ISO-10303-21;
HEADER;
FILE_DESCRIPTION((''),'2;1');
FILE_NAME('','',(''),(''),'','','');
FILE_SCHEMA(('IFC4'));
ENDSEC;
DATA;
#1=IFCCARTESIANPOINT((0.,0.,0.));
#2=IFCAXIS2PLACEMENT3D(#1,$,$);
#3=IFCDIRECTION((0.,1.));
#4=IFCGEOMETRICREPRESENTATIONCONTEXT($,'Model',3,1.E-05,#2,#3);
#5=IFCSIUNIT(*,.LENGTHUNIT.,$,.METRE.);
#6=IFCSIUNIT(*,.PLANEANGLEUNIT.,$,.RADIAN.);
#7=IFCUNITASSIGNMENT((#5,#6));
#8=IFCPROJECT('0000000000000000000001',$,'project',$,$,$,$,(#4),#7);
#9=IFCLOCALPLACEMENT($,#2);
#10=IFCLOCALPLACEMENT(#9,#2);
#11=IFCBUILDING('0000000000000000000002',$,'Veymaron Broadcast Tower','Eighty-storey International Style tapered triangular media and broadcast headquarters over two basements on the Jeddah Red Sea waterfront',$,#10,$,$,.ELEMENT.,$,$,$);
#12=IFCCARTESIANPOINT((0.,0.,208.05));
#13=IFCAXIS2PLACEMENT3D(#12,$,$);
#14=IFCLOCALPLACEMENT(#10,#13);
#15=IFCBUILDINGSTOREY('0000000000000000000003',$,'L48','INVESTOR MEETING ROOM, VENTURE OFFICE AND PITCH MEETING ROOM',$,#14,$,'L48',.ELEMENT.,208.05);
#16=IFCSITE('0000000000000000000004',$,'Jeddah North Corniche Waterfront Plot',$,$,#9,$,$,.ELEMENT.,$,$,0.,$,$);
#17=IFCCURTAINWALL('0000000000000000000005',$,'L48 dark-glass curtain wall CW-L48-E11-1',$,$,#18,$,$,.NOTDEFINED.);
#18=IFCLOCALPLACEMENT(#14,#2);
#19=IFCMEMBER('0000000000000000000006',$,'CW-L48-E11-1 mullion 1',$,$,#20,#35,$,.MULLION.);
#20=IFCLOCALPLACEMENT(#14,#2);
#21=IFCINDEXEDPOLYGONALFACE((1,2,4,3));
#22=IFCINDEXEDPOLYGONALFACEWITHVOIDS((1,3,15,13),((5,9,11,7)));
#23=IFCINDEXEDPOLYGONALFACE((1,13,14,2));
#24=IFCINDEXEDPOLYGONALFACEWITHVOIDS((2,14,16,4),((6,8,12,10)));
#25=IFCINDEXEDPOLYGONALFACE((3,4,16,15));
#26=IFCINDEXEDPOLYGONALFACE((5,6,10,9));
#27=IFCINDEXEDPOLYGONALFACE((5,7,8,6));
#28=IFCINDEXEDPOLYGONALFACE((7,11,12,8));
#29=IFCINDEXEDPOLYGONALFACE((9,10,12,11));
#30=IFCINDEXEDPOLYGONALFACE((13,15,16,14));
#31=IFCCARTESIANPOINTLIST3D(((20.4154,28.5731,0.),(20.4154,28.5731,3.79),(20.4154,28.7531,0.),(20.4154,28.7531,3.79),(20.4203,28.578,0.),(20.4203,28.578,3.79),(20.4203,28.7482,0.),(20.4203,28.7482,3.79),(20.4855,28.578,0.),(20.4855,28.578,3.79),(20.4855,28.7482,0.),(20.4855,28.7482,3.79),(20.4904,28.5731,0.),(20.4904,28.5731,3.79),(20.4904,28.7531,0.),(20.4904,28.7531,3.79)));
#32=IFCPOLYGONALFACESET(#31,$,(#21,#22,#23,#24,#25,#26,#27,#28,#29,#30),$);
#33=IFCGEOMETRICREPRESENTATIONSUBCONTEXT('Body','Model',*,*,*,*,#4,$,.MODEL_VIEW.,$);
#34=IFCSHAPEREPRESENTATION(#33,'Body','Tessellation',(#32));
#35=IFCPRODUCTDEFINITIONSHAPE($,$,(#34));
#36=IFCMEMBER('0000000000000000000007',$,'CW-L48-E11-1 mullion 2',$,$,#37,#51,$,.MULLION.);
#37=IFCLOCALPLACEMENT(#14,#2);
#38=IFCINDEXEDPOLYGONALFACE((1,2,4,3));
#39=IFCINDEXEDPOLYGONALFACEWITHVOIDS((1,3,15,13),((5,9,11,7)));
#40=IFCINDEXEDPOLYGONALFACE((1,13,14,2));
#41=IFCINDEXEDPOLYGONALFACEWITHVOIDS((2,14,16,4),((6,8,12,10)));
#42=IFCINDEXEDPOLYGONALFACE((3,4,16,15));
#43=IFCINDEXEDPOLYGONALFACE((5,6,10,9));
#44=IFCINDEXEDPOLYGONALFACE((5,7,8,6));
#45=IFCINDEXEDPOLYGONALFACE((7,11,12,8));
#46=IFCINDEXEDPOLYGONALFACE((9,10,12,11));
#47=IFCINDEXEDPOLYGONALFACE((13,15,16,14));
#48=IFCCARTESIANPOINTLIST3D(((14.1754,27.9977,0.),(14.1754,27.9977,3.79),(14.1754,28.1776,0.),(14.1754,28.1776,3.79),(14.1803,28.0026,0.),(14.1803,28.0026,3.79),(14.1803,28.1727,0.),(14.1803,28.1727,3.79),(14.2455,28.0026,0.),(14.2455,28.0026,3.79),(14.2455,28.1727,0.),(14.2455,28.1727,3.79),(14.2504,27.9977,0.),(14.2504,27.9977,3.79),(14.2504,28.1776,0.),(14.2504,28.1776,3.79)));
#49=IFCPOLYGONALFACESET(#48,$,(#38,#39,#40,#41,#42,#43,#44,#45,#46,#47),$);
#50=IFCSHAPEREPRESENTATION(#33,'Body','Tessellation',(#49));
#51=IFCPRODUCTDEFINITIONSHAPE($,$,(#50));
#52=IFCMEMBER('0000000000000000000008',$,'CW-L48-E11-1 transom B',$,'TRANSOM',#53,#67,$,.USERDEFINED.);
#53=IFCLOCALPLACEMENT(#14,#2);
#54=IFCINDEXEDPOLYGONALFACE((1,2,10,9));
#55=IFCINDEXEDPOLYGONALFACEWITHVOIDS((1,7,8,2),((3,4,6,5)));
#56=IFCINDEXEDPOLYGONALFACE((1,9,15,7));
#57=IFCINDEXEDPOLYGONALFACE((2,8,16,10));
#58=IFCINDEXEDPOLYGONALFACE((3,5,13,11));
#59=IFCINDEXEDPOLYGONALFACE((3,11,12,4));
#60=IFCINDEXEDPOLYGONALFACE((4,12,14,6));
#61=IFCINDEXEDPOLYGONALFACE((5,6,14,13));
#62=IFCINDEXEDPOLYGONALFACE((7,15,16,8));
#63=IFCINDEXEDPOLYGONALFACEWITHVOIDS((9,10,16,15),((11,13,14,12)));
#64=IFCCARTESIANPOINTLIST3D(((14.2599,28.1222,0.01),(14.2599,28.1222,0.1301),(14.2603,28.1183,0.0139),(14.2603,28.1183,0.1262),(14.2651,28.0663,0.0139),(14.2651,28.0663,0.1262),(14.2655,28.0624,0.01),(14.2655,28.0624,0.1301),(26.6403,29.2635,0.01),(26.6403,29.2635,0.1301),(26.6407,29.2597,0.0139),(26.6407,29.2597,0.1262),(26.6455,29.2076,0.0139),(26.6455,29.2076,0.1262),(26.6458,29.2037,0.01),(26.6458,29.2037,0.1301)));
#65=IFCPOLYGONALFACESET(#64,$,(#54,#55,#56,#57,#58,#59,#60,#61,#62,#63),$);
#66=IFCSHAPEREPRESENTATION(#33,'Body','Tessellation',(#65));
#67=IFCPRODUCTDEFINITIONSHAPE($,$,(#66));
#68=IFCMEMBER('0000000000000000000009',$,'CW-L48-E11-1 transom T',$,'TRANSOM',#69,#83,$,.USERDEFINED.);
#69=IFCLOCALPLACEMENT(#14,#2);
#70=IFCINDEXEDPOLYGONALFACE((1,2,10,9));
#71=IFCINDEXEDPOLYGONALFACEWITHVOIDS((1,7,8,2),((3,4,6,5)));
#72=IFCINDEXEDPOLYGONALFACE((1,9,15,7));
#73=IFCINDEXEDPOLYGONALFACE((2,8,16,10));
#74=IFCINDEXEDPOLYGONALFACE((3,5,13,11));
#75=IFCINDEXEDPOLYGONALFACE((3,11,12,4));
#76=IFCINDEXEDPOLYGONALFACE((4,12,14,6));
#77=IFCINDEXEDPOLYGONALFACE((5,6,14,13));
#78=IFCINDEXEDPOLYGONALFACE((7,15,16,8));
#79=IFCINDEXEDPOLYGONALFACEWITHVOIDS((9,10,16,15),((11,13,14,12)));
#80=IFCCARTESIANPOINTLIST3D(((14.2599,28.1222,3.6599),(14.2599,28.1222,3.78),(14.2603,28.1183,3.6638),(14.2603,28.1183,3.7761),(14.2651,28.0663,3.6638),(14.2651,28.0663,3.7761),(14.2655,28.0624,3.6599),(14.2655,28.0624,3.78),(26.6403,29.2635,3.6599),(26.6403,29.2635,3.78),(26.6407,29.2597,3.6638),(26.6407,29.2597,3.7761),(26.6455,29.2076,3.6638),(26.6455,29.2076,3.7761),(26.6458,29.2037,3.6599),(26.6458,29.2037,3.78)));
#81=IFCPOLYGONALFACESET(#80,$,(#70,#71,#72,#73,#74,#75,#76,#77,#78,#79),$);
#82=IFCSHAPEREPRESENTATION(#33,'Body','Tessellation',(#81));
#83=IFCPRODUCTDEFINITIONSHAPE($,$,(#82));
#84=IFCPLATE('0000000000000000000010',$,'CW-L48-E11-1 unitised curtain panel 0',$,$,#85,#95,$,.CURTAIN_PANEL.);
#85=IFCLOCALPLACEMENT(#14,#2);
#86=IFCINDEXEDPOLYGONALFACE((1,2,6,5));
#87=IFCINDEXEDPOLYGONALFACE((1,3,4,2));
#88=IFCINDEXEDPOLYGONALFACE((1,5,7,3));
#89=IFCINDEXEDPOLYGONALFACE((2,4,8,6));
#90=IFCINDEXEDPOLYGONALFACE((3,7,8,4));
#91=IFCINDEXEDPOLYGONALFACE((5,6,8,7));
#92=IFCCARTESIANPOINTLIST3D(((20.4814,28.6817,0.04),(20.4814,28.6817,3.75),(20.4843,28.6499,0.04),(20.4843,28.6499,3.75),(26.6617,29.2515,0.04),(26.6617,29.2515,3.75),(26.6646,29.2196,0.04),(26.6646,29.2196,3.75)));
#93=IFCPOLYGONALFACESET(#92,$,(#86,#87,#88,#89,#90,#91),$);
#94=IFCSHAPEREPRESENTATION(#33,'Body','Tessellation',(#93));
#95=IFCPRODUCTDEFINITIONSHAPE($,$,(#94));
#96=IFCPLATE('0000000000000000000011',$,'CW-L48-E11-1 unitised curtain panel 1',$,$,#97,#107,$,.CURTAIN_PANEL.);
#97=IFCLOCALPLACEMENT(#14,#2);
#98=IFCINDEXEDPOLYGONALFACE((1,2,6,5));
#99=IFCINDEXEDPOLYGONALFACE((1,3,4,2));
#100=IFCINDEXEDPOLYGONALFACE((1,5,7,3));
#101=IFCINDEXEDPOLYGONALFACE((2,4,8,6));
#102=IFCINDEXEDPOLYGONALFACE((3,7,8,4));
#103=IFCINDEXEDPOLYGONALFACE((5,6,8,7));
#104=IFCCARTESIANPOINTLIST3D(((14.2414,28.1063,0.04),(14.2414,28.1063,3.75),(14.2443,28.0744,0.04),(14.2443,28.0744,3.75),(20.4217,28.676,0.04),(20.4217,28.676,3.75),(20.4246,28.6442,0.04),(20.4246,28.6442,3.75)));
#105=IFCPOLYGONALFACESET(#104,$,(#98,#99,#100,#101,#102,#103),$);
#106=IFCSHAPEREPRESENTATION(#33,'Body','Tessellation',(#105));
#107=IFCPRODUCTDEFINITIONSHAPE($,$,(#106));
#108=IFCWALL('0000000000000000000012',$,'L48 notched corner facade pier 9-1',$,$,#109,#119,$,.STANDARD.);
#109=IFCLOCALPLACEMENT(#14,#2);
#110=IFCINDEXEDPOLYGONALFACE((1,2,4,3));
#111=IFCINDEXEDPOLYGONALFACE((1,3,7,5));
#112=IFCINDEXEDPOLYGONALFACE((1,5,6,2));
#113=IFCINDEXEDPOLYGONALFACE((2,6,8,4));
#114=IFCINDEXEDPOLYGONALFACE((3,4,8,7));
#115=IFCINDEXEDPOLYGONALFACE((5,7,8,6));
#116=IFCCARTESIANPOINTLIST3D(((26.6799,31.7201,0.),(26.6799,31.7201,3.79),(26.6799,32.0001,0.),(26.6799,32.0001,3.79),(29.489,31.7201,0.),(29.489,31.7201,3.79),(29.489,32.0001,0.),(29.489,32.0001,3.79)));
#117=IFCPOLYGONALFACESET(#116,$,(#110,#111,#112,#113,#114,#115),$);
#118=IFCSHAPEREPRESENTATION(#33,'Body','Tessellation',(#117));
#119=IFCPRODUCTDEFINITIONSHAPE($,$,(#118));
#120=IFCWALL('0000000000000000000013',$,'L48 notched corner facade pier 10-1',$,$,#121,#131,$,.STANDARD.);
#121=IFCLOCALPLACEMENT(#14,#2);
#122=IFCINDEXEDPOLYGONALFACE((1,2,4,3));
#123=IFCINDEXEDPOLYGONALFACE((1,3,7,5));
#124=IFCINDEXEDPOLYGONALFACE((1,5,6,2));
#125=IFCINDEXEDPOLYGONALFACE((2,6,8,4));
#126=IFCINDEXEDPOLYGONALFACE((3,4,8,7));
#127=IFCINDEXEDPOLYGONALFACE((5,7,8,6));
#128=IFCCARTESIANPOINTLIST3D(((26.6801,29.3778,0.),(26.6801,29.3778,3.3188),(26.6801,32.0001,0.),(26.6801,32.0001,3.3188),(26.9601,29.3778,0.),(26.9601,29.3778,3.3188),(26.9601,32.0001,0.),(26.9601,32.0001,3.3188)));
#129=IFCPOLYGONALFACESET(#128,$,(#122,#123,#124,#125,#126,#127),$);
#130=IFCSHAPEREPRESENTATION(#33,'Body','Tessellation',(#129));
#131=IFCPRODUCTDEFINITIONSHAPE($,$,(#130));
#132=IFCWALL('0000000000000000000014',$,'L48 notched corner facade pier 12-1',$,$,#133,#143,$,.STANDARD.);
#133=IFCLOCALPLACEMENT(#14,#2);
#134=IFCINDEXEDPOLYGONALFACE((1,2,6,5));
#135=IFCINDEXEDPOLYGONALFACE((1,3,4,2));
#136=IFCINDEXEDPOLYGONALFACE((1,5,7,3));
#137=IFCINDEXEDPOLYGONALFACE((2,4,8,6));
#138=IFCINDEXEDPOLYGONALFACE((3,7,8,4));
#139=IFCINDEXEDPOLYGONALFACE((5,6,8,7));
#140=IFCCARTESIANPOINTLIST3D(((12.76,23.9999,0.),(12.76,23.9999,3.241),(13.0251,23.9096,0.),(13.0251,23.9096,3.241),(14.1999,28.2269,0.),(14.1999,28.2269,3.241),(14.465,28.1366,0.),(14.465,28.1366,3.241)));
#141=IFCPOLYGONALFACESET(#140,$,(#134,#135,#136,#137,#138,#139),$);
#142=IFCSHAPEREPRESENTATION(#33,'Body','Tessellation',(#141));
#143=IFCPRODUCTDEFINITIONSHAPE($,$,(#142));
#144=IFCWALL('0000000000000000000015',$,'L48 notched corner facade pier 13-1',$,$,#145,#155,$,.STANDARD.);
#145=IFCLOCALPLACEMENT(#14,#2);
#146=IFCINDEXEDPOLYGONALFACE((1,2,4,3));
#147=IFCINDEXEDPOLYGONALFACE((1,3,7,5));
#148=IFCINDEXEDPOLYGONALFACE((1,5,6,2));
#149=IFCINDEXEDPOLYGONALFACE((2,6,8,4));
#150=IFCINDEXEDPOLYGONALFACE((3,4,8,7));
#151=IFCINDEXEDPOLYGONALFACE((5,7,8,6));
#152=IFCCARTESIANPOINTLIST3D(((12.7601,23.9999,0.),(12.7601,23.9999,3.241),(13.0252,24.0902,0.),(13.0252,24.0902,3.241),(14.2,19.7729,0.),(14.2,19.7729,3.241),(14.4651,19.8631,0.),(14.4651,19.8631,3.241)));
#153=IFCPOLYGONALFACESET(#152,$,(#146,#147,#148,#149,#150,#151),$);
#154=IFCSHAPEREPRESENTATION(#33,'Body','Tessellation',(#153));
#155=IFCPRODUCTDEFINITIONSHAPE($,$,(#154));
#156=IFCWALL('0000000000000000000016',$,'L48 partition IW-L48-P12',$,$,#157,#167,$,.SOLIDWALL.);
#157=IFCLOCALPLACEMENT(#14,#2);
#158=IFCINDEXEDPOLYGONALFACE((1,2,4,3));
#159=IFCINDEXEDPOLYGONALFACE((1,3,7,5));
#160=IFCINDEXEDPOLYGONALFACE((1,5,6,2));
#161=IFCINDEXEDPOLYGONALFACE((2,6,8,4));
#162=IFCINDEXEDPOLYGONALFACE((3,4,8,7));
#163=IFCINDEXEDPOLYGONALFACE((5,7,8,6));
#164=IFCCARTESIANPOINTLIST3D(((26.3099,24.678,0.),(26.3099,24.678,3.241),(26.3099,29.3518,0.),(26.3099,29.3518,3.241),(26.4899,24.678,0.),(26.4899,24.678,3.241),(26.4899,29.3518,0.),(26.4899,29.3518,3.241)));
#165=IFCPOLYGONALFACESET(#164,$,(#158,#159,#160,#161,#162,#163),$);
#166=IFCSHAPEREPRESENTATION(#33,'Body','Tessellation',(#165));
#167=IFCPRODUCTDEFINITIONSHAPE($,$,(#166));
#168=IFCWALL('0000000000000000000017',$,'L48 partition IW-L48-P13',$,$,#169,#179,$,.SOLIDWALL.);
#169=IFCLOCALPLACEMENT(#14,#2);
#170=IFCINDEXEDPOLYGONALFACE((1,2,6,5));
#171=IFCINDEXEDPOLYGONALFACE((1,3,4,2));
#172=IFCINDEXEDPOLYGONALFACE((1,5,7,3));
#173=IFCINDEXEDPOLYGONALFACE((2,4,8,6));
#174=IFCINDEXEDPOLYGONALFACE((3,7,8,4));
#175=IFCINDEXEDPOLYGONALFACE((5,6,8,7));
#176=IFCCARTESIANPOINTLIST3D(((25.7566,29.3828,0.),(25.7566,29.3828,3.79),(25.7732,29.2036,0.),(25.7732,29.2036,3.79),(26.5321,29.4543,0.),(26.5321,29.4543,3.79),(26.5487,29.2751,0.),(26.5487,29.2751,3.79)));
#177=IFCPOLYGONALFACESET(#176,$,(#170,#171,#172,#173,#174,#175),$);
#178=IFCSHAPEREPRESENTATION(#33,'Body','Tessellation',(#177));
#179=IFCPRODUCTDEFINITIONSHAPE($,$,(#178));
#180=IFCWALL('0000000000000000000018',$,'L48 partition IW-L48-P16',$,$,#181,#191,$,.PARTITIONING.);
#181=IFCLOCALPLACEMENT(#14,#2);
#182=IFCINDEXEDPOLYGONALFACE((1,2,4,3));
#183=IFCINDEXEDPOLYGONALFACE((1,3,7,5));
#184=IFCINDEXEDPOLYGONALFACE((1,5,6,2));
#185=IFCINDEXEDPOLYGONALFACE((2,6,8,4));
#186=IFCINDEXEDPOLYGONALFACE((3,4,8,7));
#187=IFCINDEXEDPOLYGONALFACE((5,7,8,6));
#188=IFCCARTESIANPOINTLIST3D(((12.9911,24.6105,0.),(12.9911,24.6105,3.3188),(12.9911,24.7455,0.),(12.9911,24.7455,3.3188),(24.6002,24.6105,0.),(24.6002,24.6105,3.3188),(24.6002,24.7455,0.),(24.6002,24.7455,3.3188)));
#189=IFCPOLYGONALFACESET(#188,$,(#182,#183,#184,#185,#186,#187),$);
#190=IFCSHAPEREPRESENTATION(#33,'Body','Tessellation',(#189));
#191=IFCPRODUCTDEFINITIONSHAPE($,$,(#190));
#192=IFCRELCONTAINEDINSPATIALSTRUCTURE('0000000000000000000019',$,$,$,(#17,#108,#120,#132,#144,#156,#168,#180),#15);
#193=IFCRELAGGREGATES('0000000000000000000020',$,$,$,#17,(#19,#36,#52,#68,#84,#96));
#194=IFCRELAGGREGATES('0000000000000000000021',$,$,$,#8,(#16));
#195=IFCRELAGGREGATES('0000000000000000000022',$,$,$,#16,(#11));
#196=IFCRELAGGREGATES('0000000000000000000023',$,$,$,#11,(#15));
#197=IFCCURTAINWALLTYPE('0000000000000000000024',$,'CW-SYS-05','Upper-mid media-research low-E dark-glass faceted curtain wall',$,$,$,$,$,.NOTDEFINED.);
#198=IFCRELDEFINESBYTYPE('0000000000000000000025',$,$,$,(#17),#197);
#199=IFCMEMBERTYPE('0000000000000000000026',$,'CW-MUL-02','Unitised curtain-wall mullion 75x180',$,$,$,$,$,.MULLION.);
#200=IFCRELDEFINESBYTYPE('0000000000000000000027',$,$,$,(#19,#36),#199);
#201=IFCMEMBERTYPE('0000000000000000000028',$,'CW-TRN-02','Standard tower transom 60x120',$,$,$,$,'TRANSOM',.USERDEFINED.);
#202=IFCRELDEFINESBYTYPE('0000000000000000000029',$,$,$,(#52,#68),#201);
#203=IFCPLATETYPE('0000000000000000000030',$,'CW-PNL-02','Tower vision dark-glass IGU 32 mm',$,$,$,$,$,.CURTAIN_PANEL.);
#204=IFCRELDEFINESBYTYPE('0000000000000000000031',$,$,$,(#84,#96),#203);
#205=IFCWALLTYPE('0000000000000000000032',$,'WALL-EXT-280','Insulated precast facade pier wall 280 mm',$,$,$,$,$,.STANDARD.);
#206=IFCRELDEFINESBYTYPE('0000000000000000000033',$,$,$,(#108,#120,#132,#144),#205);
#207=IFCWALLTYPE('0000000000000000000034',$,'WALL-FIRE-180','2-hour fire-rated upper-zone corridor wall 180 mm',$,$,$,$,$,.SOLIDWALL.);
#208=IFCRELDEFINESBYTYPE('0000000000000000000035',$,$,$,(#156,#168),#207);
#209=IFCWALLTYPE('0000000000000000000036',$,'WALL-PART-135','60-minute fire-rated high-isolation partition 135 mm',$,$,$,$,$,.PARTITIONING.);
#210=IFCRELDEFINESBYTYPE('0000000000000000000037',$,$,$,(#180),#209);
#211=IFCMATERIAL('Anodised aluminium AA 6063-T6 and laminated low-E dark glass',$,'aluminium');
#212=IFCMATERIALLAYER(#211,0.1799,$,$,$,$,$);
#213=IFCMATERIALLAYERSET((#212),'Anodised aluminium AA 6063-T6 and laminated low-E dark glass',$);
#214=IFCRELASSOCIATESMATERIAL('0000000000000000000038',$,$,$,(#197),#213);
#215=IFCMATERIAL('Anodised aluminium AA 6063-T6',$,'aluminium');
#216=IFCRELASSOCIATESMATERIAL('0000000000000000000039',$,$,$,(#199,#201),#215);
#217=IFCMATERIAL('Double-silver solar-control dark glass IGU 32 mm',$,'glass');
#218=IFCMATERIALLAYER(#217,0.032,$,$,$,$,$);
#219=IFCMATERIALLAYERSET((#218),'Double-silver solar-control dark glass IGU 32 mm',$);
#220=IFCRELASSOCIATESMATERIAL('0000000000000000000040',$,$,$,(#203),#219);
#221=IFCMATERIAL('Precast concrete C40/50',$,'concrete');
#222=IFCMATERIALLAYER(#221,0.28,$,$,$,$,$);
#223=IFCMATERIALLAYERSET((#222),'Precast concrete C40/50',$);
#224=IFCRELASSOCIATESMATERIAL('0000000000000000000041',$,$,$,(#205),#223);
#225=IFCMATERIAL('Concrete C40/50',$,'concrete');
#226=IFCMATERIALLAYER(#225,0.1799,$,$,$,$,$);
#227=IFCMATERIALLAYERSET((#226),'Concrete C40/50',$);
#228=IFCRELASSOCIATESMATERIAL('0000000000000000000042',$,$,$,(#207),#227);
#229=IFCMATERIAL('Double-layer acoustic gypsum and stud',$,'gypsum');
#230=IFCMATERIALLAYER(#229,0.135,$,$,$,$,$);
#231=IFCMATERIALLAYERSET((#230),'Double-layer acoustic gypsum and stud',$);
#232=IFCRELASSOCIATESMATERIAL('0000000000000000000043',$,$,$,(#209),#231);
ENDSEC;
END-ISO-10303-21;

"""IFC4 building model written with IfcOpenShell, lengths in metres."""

from ifc_helpers import new_model, si_unit, direction, frame, frame_2d, origin, origin_2d, place, context, subcontext, project, spatial, rectangle, hollow_rectangle, extrude, material, layer, layer_set, material_profile, profile_set, type_object, element, aggregate, save


model = new_model("IFC4")

# Units and contexts
model_context = context("Model", 3, precision=1e-05, world=origin(), true_north=direction((0.0, 1.0)))
body_context = subcontext(model_context, "Body", "Model", "MODEL_VIEW")
ifc_project = project(units=[si_unit("LENGTHUNIT", "METRE"), si_unit("PLANEANGLEUNIT", "RADIAN")], contexts=[model_context])

# Site, building, storey
site_placement = place(None, origin())
site = spatial("IfcSite", under=ifc_project, at=site_placement, Name="Jeddah North Corniche Waterfront Plot", CompositionType="ELEMENT", RefElevation=0.0)
building_placement = place(site_placement, origin())
building = spatial("IfcBuilding", under=site, at=building_placement, Name="Veymaron Broadcast Tower", Description="Eighty-storey International Style tapered triangular media and broadcast headquarters over two basements on the Jeddah Red Sea waterfront", CompositionType="ELEMENT")
storey_placement = place(building_placement, frame((0.0, 0.0, 208.05)))
storey = spatial("IfcBuildingStorey", under=building, at=storey_placement, Name="L48", Description="INVESTOR MEETING ROOM, VENTURE OFFICE AND PITCH MEETING ROOM", LongName="L48", CompositionType="ELEMENT", Elevation=208.05)

# Curtain wall, members, plates
ifc_material_1 = material(Name="Anodised aluminium AA 6063-T6 and laminated low-E dark glass", Category="aluminium")
ifc_layer_1 = layer(ifc_material_1, 0.1799)
ifc_layer_set_1 = layer_set([ifc_layer_1], Name="Anodised aluminium AA 6063-T6 and laminated low-E dark glass")
curtain_wall_type = type_object("IfcCurtainWallType", Name="CW-SYS-05", Description="Upper-mid media-research low-E dark-glass faceted curtain wall", PredefinedType="NOTDEFINED", material=ifc_layer_set_1)
curtain_wall_placement = place(storey_placement, origin())
curtain_wall = element("IfcCurtainWall", 1, at=curtain_wall_placement, inside=storey, type_object=curtain_wall_type, Name="L48 dark-glass curtain wall CW-L48-E11-1", PredefinedType="NOTDEFINED")
ifc_material_2 = material(Name="Anodised aluminium AA 6063-T6", Category="aluminium")
ifc_material_profile_1 = material_profile(ifc_material_2, hollow_rectangle(XDim=0.075, YDim=0.1799, WallThickness=0.0049, at=origin_2d()), Name="AL180X75X5")
ifc_profile_set_1 = profile_set([ifc_material_profile_1], Name="Anodised aluminium AA 6063-T6")
member_type_1 = type_object("IfcMemberType", Name="CW-MUL-02", Description="Unitised curtain-wall mullion 75x180", PredefinedType="MULLION", material=ifc_profile_set_1)
member_1_placement = place(storey_placement, frame((20.4529, 28.6631, 0.0), z_axis=(0.0, 0.0, 1.0), x_axis=(1.0, 0.0, 0.0)))
member_1 = element("IfcMember", 2, at=member_1_placement, type_object=member_type_1, Name="CW-L48-E11-1 mullion 1", PredefinedType="MULLION", context=body_context, shape_type="SweptSolid", body=[
    extrude(hollow_rectangle(XDim=0.075, YDim=0.1799, WallThickness=0.0049, at=origin_2d()), origin(), (0.0, 0.0, 1.0), 3.79),
])
member_2_placement = place(storey_placement, frame((14.2129, 28.0876, 0.0), z_axis=(0.0, 0.0, 1.0), x_axis=(1.0, 0.0, 0.0)))
member_2 = element("IfcMember", 3, at=member_2_placement, type_object=member_type_1, Name="CW-L48-E11-1 mullion 2", PredefinedType="MULLION", context=body_context, shape_type="SweptSolid", body=[
    extrude(hollow_rectangle(XDim=0.075, YDim=0.1799, WallThickness=0.0049, at=origin_2d()), origin(), (0.0, 0.0, 1.0), 3.79),
])
ifc_material_profile_2 = material_profile(ifc_material_2, hollow_rectangle(XDim=0.0601, YDim=0.1201, WallThickness=0.0039, at=origin_2d()), Name="AL120X60X4")
ifc_profile_set_2 = profile_set([ifc_material_profile_2], Name="Anodised aluminium AA 6063-T6")
member_type_2 = type_object("IfcMemberType", Name="CW-TRN-02", Description="Standard tower transom 60x120", ElementType="TRANSOM", PredefinedType="USERDEFINED", material=ifc_profile_set_2)
member_3_placement = place(storey_placement, frame((26.6431, 29.2336, 0.0701), z_axis=(-0.995777, -0.091802, 0.0), x_axis=(0.091802, -0.995777, 0.0)))
member_3 = element("IfcMember", 4, at=member_3_placement, type_object=member_type_2, Name="CW-L48-E11-1 transom B", ObjectType="TRANSOM", PredefinedType="USERDEFINED", context=body_context, shape_type="SweptSolid", body=[
    extrude(hollow_rectangle(XDim=0.0601, YDim=0.1201, WallThickness=0.0039, at=origin_2d()), origin(), (0.0, 0.0, 1.0), 12.4329),
])
member_4_placement = place(storey_placement, frame((26.6431, 29.2336, 3.72), z_axis=(-0.995777, -0.091802, 0.0), x_axis=(0.091802, -0.995777, 0.0)))
member_4 = element("IfcMember", 5, at=member_4_placement, type_object=member_type_2, Name="CW-L48-E11-1 transom T", ObjectType="TRANSOM", PredefinedType="USERDEFINED", context=body_context, shape_type="SweptSolid", body=[
    extrude(hollow_rectangle(XDim=0.0601, YDim=0.1201, WallThickness=0.0039, at=origin_2d()), origin(), (0.0, 0.0, 1.0), 12.4329),
])
ifc_material_3 = material(Name="Double-silver solar-control dark glass IGU 32 mm", Category="glass")
ifc_layer_2 = layer(ifc_material_3, 0.032)
ifc_layer_set_2 = layer_set([ifc_layer_2], Name="Double-silver solar-control dark glass IGU 32 mm")
plate_type = type_object("IfcPlateType", Name="CW-PNL-02", Description="Tower vision dark-glass IGU 32 mm", PredefinedType="CURTAIN_PANEL", material=ifc_layer_set_2)
plate_1_placement = place(storey_placement, frame((23.573, 28.9507, 0.04), z_axis=(0.0, 0.0, 1.0), x_axis=(-0.995778, -0.091797, 0.0)))
plate_1 = element("IfcPlate", 6, at=plate_1_placement, type_object=plate_type, Name="CW-L48-E11-1 unitised curtain panel 0", PredefinedType="CURTAIN_PANEL", context=body_context, shape_type="SweptSolid", body=[
    extrude(rectangle(XDim=6.2065, YDim=0.032, at=origin_2d()), origin(), (0.0, 0.0, 1.0), 3.71),
])
plate_2_placement = place(storey_placement, frame((17.333, 28.3752, 0.04), z_axis=(0.0, 0.0, 1.0), x_axis=(-0.995778, -0.091797, 0.0)))
plate_2 = element("IfcPlate", 7, at=plate_2_placement, type_object=plate_type, Name="CW-L48-E11-1 unitised curtain panel 1", PredefinedType="CURTAIN_PANEL", context=body_context, shape_type="SweptSolid", body=[
    extrude(rectangle(XDim=6.2065, YDim=0.032, at=origin_2d()), origin(), (0.0, 0.0, 1.0), 3.71),
])
aggregate(curtain_wall, [member_1, member_2, member_3, member_4, plate_1, plate_2])

# Walls
ifc_material_4 = material(Name="Precast concrete C40/50", Category="concrete")
ifc_layer_3 = layer(ifc_material_4, 0.28)
ifc_layer_set_3 = layer_set([ifc_layer_3], Name="Precast concrete C40/50")
wall_type_1 = type_object("IfcWallType", Name="WALL-EXT-280", Description="Insulated precast facade pier wall 280 mm", PredefinedType="STANDARD", material=ifc_layer_set_3)
wall_1_placement = place(storey_placement, frame((29.489, 31.8601, 0.0), z_axis=(0.0, 0.0, 1.0), x_axis=(-1.0, 0.0, 0.0)))
element("IfcWall", 8, at=wall_1_placement, inside=storey, type_object=wall_type_1, Name="L48 notched corner facade pier 9-1", PredefinedType="STANDARD", context=body_context, shape_type="SweptSolid", body=[
    extrude(rectangle(XDim=2.8091, YDim=0.28, at=frame_2d((1.4045, 0.0))), origin(), (0.0, 0.0, 1.0), 3.79),
])
wall_2_placement = place(storey_placement, frame((26.8201, 32.0, 0.0), z_axis=(0.0, 0.0, 1.0), x_axis=(0.0, -1.0, 0.0)))
element("IfcWall", 9, at=wall_2_placement, inside=storey, type_object=wall_type_1, Name="L48 notched corner facade pier 10-1", PredefinedType="STANDARD", context=body_context, shape_type="SweptSolid", body=[
    extrude(rectangle(XDim=2.6223, YDim=0.28, at=frame_2d((1.311, 0.0))), origin(), (0.0, 0.0, 1.0), 3.3188),
])
for number, where, z_axis, x_axis, name in (
    (10, (14.3325, 28.1819, 0.0), (0.0, 0.0, 1.0), (-0.322454, -0.946585, 0.0), "L48 notched corner facade pier 12-1"),
    (11, (12.8926, 24.0452, 0.0), (0.0, 0.0, 1.0), (0.322454, -0.946585, 0.0), "L48 notched corner facade pier 13-1"),
):
    element("IfcWall", number, at=place(storey_placement, frame(where, z_axis=z_axis, x_axis=x_axis)), inside=storey, type_object=wall_type_1, Name=name, PredefinedType="STANDARD", context=body_context, shape_type="SweptSolid", body=[
        extrude(rectangle(XDim=4.4656, YDim=0.28, at=frame_2d((2.2329, 0.0))), origin(), (0.0, 0.0, 1.0), 3.241),
    ])

# Shared definitions
ifc_material_5 = material(Name="Concrete C40/50", Category="concrete")
ifc_layer_4 = layer(ifc_material_5, 0.1799)
ifc_layer_set_4 = layer_set([ifc_layer_4], Name="Concrete C40/50")
wall_type_2 = type_object("IfcWallType", Name="WALL-FIRE-180", Description="2-hour fire-rated upper-zone corridor wall 180 mm", PredefinedType="SOLIDWALL", material=ifc_layer_set_4)

# Walls
wall_3_placement = place(storey_placement, frame((26.3999, 24.678, 0.0), z_axis=(0.0, 0.0, 1.0), x_axis=(0.0, 1.0, 0.0)))
element("IfcWall", 12, at=wall_3_placement, inside=storey, type_object=wall_type_2, Name="L48 partition IW-L48-P12", PredefinedType="SOLIDWALL", context=body_context, shape_type="SweptSolid", body=[
    extrude(rectangle(XDim=4.6738, YDim=0.1799, at=frame_2d((2.3369, 0.0))), origin(), (0.0, 0.0, 1.0), 3.241),
])
wall_4_placement = place(storey_placement, frame((25.7649, 29.2932, 0.0), z_axis=(0.0, 0.0, 1.0), x_axis=(0.995774, 0.091836, 0.0)))
element("IfcWall", 13, at=wall_4_placement, inside=storey, type_object=wall_type_2, Name="L48 partition IW-L48-P13", PredefinedType="SOLIDWALL", context=body_context, shape_type="SweptSolid", body=[
    extrude(rectangle(XDim=0.7788, YDim=0.1799, at=frame_2d((0.3894, 0.0))), origin(), (0.0, 0.0, 1.0), 3.79),
])
ifc_material_6 = material(Name="Double-layer acoustic gypsum and stud", Category="gypsum")
ifc_layer_5 = layer(ifc_material_6, 0.135)
ifc_layer_set_5 = layer_set([ifc_layer_5], Name="Double-layer acoustic gypsum and stud")
wall_type_3 = type_object("IfcWallType", Name="WALL-PART-135", Description="60-minute fire-rated high-isolation partition 135 mm", PredefinedType="PARTITIONING", material=ifc_layer_set_5)
wall_5_placement = place(storey_placement, frame((12.991, 24.678, 0.0), z_axis=(0.0, 0.0, 1.0), x_axis=(1.0, 0.0, 0.0)))
element("IfcWall", 14, at=wall_5_placement, inside=storey, type_object=wall_type_3, Name="L48 partition IW-L48-P16", PredefinedType="PARTITIONING", context=body_context, shape_type="SweptSolid", body=[
    extrude(rectangle(XDim=11.6091, YDim=0.135, at=frame_2d((5.8047, 0.0))), origin(), (0.0, 0.0, 1.0), 3.3188),
])

save(model, "model.ifc")
